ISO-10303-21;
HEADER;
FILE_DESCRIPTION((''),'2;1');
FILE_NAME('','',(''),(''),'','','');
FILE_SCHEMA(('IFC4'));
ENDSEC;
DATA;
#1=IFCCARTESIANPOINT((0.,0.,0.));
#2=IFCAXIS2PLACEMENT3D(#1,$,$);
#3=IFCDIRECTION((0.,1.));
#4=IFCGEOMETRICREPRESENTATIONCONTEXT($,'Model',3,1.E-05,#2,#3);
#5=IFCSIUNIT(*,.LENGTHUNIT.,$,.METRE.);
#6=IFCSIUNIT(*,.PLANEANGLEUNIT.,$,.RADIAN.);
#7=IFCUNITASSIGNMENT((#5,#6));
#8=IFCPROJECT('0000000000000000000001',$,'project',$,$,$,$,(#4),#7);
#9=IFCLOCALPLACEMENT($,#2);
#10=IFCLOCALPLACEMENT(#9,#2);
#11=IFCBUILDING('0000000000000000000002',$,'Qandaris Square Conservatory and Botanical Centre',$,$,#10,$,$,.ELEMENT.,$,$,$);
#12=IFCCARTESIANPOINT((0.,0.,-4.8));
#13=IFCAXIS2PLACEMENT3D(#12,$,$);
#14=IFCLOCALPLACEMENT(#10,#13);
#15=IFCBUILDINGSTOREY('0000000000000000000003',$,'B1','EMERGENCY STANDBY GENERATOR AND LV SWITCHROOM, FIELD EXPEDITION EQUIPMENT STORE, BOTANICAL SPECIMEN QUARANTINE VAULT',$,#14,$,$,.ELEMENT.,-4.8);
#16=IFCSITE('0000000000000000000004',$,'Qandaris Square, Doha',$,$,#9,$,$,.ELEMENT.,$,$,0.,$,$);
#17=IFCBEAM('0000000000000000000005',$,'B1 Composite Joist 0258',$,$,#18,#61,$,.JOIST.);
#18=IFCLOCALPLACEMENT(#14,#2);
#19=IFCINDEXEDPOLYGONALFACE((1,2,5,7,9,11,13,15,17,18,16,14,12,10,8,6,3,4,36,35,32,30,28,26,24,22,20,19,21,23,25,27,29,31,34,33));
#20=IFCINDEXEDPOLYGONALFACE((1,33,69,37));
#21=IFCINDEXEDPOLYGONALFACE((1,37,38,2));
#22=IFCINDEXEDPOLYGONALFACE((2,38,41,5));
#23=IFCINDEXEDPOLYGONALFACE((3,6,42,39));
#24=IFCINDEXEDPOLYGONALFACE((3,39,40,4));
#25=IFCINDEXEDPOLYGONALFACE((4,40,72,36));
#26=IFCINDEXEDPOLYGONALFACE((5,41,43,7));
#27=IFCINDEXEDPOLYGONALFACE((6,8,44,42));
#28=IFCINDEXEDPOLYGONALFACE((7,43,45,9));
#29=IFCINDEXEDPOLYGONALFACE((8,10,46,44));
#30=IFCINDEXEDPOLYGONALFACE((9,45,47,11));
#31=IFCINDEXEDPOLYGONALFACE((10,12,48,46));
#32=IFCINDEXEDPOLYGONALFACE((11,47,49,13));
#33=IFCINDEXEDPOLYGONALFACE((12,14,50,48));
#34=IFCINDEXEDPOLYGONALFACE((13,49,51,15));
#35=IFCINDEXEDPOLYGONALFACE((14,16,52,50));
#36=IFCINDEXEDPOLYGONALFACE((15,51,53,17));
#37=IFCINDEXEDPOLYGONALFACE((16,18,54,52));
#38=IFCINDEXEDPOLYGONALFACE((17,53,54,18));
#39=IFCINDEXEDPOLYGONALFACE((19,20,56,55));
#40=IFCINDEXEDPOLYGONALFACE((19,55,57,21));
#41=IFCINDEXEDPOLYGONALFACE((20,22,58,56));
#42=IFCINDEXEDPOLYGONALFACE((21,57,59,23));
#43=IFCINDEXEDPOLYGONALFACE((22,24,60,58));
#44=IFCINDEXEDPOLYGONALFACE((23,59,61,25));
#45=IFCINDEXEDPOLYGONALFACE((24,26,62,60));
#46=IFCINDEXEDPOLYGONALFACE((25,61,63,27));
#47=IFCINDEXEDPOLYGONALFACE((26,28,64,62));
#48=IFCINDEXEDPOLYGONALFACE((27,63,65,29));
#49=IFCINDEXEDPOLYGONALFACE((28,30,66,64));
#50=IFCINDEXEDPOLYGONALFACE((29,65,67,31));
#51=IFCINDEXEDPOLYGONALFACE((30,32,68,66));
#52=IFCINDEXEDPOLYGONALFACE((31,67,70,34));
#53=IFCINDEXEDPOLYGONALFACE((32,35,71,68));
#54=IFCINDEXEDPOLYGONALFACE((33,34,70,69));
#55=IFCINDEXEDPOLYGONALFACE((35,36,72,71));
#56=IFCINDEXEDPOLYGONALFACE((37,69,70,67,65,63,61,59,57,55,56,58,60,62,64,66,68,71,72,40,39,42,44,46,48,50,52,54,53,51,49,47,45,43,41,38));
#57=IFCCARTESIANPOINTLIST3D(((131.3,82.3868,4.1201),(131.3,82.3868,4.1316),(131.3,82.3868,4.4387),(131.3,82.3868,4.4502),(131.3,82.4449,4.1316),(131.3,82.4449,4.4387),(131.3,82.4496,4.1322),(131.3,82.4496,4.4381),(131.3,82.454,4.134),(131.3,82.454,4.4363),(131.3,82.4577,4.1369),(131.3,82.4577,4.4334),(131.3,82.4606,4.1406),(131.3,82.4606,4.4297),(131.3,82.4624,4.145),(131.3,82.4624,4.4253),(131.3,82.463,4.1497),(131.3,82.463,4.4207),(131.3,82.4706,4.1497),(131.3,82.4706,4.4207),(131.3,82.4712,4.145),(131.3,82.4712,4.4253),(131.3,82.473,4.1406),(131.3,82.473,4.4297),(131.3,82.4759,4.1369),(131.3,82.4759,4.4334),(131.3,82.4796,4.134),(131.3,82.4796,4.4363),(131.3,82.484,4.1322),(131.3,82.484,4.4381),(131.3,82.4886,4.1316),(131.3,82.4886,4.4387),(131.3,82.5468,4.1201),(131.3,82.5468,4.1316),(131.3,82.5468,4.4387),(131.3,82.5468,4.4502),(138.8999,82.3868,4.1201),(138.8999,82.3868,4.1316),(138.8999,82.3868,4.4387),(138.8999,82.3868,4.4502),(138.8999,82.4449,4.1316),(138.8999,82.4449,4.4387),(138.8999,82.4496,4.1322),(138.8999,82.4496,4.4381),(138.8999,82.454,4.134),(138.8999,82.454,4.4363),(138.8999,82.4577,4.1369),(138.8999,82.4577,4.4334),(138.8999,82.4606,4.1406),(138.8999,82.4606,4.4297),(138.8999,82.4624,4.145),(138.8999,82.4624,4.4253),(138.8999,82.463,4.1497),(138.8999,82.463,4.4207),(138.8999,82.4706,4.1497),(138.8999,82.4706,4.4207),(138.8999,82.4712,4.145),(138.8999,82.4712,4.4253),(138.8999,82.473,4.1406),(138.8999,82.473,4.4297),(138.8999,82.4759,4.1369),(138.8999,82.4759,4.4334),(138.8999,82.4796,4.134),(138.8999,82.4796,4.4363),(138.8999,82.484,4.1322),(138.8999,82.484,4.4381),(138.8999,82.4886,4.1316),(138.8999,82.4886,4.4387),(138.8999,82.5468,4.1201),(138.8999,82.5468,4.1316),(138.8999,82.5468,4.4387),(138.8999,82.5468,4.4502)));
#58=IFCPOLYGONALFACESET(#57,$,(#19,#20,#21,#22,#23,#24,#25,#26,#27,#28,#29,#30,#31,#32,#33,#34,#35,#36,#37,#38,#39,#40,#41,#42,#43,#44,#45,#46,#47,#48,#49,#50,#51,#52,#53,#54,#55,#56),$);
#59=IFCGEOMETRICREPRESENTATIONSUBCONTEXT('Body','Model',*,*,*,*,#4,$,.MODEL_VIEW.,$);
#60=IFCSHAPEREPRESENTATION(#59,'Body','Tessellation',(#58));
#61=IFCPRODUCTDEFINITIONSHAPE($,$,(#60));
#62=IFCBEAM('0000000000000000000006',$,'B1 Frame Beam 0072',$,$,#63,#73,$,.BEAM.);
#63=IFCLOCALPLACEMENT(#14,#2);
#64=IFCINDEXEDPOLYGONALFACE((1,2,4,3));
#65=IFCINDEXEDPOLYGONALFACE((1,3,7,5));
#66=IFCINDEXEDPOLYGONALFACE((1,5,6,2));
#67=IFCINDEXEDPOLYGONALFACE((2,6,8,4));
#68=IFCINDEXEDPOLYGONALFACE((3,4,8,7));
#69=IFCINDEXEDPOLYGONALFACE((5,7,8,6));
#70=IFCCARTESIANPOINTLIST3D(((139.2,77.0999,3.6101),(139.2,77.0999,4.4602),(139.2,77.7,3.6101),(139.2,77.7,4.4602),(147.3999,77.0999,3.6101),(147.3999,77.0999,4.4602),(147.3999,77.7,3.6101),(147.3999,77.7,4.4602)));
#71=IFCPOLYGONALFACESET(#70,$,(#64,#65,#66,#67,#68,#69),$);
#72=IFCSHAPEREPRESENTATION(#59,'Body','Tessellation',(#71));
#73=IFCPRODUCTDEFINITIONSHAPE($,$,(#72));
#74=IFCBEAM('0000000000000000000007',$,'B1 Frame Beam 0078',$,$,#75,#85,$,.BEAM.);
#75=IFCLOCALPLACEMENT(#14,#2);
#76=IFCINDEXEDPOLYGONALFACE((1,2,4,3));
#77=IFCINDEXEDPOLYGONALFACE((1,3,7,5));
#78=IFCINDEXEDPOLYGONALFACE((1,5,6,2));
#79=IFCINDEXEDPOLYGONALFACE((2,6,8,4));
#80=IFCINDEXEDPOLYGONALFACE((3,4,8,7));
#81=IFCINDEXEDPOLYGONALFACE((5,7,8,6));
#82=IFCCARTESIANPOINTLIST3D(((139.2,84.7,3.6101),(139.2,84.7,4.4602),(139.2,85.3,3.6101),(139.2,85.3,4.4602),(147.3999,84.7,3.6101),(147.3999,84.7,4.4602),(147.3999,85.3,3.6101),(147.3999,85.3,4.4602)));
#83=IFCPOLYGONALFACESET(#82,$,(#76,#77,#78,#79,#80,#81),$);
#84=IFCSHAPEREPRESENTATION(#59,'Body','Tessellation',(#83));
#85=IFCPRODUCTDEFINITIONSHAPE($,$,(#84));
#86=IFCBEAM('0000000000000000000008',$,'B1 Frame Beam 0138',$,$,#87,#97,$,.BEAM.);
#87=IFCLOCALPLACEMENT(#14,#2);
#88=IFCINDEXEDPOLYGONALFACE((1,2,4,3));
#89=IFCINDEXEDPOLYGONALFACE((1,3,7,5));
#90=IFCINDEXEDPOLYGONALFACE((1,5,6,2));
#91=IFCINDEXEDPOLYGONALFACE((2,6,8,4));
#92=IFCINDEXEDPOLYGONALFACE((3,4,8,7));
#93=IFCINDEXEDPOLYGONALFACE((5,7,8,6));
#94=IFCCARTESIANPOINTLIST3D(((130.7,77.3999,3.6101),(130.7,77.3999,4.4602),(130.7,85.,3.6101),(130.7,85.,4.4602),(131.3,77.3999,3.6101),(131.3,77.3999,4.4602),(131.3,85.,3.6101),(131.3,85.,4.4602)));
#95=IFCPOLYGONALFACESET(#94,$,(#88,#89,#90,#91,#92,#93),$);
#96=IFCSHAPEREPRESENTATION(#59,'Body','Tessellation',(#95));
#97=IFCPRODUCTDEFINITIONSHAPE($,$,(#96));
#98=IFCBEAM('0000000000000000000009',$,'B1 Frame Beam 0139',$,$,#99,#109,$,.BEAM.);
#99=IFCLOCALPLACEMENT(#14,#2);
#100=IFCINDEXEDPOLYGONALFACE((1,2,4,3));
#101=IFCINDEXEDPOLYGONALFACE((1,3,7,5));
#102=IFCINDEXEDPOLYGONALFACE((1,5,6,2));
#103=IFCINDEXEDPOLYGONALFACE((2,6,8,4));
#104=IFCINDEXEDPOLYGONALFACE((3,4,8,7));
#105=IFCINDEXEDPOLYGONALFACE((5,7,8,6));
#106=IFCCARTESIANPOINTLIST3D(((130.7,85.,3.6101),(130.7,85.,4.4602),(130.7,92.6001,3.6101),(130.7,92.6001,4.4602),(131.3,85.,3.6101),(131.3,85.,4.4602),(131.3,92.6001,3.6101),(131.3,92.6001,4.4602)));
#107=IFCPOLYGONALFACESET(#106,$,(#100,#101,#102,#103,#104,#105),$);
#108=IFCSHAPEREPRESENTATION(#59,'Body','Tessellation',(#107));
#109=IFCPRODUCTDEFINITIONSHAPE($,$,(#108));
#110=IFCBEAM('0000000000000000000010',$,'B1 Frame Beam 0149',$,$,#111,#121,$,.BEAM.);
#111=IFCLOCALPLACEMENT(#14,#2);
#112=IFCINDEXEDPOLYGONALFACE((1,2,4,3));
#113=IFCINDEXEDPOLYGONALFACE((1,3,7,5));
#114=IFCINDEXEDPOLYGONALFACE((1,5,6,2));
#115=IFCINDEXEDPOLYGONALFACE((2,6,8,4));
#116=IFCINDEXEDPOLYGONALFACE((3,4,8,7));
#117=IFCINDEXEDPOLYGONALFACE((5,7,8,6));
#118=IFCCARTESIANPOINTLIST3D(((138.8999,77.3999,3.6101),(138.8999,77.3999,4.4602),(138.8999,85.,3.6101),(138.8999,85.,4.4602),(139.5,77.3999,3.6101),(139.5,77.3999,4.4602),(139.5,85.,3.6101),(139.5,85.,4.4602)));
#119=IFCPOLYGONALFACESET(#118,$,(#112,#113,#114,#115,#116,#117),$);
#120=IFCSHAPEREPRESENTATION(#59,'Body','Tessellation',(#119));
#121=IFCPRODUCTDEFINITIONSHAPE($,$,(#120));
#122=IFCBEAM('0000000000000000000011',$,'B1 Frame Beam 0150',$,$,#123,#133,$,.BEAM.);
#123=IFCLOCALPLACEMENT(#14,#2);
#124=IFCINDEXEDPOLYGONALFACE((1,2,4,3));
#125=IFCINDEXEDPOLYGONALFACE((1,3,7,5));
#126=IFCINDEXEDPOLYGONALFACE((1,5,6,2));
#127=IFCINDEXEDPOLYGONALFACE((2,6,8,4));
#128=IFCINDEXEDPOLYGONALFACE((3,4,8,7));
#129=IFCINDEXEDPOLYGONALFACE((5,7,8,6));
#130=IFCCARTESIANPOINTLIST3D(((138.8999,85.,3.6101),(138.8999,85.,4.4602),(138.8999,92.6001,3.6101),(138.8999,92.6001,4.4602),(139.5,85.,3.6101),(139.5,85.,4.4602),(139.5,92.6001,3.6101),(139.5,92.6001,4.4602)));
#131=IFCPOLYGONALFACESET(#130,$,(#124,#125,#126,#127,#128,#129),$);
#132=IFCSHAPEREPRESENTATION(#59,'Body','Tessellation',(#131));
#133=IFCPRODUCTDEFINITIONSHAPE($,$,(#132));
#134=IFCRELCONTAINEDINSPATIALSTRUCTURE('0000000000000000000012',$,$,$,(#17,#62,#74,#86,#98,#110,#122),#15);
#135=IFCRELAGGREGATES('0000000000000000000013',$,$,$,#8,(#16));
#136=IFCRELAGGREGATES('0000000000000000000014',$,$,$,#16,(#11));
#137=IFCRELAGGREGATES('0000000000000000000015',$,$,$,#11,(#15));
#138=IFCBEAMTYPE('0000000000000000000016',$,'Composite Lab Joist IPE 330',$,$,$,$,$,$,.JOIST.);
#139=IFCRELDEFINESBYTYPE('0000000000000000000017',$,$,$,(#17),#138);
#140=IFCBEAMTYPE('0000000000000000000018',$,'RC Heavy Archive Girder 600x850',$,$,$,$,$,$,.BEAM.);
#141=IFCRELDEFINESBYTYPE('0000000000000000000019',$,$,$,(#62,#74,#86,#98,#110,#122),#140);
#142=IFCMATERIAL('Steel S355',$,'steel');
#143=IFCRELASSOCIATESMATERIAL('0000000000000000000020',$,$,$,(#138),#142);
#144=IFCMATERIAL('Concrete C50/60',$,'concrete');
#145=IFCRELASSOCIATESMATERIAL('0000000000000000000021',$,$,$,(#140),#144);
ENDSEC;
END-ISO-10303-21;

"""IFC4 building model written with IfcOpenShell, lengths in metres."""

from ifc_helpers import new_model, si_unit, direction, frame, origin, origin_2d, place, context, subcontext, project, spatial, rectangle, i_section, extrude, material, material_profile, profile_set, type_object, element, save


model = new_model("IFC4")

# Units and contexts
model_context = context("Model", 3, precision=1e-05, world=origin(), true_north=direction((0.0, 1.0)))
body_context = subcontext(model_context, "Body", "Model", "MODEL_VIEW")
ifc_project = project(units=[si_unit("LENGTHUNIT", "METRE"), si_unit("PLANEANGLEUNIT", "RADIAN")], contexts=[model_context])

# Site, building, storey
site_placement = place(None, origin())
site = spatial("IfcSite", under=ifc_project, at=site_placement, Name="Qandaris Square, Doha", CompositionType="ELEMENT", RefElevation=0.0)
building_placement = place(site_placement, origin())
building = spatial("IfcBuilding", under=site, at=building_placement, Name="Qandaris Square Conservatory and Botanical Centre", CompositionType="ELEMENT")
storey_placement = place(building_placement, frame((0.0, 0.0, -4.8)))
storey = spatial("IfcBuildingStorey", under=building, at=storey_placement, Name="B1", Description="EMERGENCY STANDBY GENERATOR AND LV SWITCHROOM, FIELD EXPEDITION EQUIPMENT STORE, BOTANICAL SPECIMEN QUARANTINE VAULT", CompositionType="ELEMENT", Elevation=-4.8)

# Shared definitions
ifc_material_1 = material(Name="Concrete C50/60", Category="concrete")

# Beams
ifc_material_2 = material(Name="Steel S355", Category="steel")
ifc_material_profile_1 = material_profile(ifc_material_2, i_section(OverallWidth=0.1599, OverallDepth=0.3301, WebThickness=0.0076, FlangeThickness=0.0115, FilletRadius=0.0181, at=origin_2d()), Name="IPE 330")
ifc_profile_set_1 = profile_set([ifc_material_profile_1], Name="Steel S355")
beam_type_1 = type_object("IfcBeamType", Name="Composite Lab Joist IPE 330", PredefinedType="JOIST", material=ifc_profile_set_1)
beam_placement = place(storey_placement, frame((131.3, 82.4668, 4.2852), z_axis=(1.0, 0.0, 0.0), x_axis=(0.0, 1.0, 0.0)))
element("IfcBeam", 1, at=beam_placement, inside=storey, type_object=beam_type_1, Name="B1 Composite Joist 0258", PredefinedType="JOIST", context=body_context, shape_type="SweptSolid", body=[
    extrude(i_section(OverallWidth=0.1599, OverallDepth=0.3301, WebThickness=0.0076, FlangeThickness=0.0115, FilletRadius=0.0181, at=origin_2d()), origin(), (0.0, 0.0, 1.0), 7.5999),
])
ifc_material_profile_2 = material_profile(ifc_material_1, rectangle(XDim=0.6001, YDim=0.8501, at=origin_2d()), Name="RC-BM 600x850")
ifc_profile_set_2 = profile_set([ifc_material_profile_2], Name="Concrete C50/60")
beam_type_2 = type_object("IfcBeamType", Name="RC Heavy Archive Girder 600x850", PredefinedType="BEAM", material=ifc_profile_set_2)
for number, where, z_axis, x_axis, name in (
    (2, (139.2, 77.3999, 4.0352), (1.0, 0.0, 0.0), (0.0, 1.0, 0.0), "B1 Frame Beam 0072"),
    (3, (139.2, 85.0, 4.0352), (1.0, 0.0, 0.0), (0.0, 1.0, 0.0), "B1 Frame Beam 0078"),
):
    element("IfcBeam", number, at=place(storey_placement, frame(where, z_axis=z_axis, x_axis=x_axis)), inside=storey, type_object=beam_type_2, Name=name, PredefinedType="BEAM", context=body_context, shape_type="SweptSolid", body=[
        extrude(rectangle(XDim=0.6001, YDim=0.8501, at=origin_2d()), origin(), (0.0, 0.0, 1.0), 8.2),
    ])
for number, where, z_axis, x_axis, name in (
    (4, (131.0, 77.3999, 4.0352), (0.0, 1.0, 0.0), (-1.0, 0.0, 0.0), "B1 Frame Beam 0138"),
    (5, (131.0, 85.0, 4.0352), (0.0, 1.0, 0.0), (-1.0, 0.0, 0.0), "B1 Frame Beam 0139"),
    (6, (139.2, 77.3999, 4.0352), (0.0, 1.0, 0.0), (-1.0, 0.0, 0.0), "B1 Frame Beam 0149"),
    (7, (139.2, 85.0, 4.0352), (0.0, 1.0, 0.0), (-1.0, 0.0, 0.0), "B1 Frame Beam 0150"),
):
    element("IfcBeam", number, at=place(storey_placement, frame(where, z_axis=z_axis, x_axis=x_axis)), inside=storey, type_object=beam_type_2, Name=name, PredefinedType="BEAM", context=body_context, shape_type="SweptSolid", body=[
        extrude(rectangle(XDim=0.6001, YDim=0.8501, at=origin_2d()), origin(), (0.0, 0.0, 1.0), 7.6001),
    ])

save(model, "model.ifc")
